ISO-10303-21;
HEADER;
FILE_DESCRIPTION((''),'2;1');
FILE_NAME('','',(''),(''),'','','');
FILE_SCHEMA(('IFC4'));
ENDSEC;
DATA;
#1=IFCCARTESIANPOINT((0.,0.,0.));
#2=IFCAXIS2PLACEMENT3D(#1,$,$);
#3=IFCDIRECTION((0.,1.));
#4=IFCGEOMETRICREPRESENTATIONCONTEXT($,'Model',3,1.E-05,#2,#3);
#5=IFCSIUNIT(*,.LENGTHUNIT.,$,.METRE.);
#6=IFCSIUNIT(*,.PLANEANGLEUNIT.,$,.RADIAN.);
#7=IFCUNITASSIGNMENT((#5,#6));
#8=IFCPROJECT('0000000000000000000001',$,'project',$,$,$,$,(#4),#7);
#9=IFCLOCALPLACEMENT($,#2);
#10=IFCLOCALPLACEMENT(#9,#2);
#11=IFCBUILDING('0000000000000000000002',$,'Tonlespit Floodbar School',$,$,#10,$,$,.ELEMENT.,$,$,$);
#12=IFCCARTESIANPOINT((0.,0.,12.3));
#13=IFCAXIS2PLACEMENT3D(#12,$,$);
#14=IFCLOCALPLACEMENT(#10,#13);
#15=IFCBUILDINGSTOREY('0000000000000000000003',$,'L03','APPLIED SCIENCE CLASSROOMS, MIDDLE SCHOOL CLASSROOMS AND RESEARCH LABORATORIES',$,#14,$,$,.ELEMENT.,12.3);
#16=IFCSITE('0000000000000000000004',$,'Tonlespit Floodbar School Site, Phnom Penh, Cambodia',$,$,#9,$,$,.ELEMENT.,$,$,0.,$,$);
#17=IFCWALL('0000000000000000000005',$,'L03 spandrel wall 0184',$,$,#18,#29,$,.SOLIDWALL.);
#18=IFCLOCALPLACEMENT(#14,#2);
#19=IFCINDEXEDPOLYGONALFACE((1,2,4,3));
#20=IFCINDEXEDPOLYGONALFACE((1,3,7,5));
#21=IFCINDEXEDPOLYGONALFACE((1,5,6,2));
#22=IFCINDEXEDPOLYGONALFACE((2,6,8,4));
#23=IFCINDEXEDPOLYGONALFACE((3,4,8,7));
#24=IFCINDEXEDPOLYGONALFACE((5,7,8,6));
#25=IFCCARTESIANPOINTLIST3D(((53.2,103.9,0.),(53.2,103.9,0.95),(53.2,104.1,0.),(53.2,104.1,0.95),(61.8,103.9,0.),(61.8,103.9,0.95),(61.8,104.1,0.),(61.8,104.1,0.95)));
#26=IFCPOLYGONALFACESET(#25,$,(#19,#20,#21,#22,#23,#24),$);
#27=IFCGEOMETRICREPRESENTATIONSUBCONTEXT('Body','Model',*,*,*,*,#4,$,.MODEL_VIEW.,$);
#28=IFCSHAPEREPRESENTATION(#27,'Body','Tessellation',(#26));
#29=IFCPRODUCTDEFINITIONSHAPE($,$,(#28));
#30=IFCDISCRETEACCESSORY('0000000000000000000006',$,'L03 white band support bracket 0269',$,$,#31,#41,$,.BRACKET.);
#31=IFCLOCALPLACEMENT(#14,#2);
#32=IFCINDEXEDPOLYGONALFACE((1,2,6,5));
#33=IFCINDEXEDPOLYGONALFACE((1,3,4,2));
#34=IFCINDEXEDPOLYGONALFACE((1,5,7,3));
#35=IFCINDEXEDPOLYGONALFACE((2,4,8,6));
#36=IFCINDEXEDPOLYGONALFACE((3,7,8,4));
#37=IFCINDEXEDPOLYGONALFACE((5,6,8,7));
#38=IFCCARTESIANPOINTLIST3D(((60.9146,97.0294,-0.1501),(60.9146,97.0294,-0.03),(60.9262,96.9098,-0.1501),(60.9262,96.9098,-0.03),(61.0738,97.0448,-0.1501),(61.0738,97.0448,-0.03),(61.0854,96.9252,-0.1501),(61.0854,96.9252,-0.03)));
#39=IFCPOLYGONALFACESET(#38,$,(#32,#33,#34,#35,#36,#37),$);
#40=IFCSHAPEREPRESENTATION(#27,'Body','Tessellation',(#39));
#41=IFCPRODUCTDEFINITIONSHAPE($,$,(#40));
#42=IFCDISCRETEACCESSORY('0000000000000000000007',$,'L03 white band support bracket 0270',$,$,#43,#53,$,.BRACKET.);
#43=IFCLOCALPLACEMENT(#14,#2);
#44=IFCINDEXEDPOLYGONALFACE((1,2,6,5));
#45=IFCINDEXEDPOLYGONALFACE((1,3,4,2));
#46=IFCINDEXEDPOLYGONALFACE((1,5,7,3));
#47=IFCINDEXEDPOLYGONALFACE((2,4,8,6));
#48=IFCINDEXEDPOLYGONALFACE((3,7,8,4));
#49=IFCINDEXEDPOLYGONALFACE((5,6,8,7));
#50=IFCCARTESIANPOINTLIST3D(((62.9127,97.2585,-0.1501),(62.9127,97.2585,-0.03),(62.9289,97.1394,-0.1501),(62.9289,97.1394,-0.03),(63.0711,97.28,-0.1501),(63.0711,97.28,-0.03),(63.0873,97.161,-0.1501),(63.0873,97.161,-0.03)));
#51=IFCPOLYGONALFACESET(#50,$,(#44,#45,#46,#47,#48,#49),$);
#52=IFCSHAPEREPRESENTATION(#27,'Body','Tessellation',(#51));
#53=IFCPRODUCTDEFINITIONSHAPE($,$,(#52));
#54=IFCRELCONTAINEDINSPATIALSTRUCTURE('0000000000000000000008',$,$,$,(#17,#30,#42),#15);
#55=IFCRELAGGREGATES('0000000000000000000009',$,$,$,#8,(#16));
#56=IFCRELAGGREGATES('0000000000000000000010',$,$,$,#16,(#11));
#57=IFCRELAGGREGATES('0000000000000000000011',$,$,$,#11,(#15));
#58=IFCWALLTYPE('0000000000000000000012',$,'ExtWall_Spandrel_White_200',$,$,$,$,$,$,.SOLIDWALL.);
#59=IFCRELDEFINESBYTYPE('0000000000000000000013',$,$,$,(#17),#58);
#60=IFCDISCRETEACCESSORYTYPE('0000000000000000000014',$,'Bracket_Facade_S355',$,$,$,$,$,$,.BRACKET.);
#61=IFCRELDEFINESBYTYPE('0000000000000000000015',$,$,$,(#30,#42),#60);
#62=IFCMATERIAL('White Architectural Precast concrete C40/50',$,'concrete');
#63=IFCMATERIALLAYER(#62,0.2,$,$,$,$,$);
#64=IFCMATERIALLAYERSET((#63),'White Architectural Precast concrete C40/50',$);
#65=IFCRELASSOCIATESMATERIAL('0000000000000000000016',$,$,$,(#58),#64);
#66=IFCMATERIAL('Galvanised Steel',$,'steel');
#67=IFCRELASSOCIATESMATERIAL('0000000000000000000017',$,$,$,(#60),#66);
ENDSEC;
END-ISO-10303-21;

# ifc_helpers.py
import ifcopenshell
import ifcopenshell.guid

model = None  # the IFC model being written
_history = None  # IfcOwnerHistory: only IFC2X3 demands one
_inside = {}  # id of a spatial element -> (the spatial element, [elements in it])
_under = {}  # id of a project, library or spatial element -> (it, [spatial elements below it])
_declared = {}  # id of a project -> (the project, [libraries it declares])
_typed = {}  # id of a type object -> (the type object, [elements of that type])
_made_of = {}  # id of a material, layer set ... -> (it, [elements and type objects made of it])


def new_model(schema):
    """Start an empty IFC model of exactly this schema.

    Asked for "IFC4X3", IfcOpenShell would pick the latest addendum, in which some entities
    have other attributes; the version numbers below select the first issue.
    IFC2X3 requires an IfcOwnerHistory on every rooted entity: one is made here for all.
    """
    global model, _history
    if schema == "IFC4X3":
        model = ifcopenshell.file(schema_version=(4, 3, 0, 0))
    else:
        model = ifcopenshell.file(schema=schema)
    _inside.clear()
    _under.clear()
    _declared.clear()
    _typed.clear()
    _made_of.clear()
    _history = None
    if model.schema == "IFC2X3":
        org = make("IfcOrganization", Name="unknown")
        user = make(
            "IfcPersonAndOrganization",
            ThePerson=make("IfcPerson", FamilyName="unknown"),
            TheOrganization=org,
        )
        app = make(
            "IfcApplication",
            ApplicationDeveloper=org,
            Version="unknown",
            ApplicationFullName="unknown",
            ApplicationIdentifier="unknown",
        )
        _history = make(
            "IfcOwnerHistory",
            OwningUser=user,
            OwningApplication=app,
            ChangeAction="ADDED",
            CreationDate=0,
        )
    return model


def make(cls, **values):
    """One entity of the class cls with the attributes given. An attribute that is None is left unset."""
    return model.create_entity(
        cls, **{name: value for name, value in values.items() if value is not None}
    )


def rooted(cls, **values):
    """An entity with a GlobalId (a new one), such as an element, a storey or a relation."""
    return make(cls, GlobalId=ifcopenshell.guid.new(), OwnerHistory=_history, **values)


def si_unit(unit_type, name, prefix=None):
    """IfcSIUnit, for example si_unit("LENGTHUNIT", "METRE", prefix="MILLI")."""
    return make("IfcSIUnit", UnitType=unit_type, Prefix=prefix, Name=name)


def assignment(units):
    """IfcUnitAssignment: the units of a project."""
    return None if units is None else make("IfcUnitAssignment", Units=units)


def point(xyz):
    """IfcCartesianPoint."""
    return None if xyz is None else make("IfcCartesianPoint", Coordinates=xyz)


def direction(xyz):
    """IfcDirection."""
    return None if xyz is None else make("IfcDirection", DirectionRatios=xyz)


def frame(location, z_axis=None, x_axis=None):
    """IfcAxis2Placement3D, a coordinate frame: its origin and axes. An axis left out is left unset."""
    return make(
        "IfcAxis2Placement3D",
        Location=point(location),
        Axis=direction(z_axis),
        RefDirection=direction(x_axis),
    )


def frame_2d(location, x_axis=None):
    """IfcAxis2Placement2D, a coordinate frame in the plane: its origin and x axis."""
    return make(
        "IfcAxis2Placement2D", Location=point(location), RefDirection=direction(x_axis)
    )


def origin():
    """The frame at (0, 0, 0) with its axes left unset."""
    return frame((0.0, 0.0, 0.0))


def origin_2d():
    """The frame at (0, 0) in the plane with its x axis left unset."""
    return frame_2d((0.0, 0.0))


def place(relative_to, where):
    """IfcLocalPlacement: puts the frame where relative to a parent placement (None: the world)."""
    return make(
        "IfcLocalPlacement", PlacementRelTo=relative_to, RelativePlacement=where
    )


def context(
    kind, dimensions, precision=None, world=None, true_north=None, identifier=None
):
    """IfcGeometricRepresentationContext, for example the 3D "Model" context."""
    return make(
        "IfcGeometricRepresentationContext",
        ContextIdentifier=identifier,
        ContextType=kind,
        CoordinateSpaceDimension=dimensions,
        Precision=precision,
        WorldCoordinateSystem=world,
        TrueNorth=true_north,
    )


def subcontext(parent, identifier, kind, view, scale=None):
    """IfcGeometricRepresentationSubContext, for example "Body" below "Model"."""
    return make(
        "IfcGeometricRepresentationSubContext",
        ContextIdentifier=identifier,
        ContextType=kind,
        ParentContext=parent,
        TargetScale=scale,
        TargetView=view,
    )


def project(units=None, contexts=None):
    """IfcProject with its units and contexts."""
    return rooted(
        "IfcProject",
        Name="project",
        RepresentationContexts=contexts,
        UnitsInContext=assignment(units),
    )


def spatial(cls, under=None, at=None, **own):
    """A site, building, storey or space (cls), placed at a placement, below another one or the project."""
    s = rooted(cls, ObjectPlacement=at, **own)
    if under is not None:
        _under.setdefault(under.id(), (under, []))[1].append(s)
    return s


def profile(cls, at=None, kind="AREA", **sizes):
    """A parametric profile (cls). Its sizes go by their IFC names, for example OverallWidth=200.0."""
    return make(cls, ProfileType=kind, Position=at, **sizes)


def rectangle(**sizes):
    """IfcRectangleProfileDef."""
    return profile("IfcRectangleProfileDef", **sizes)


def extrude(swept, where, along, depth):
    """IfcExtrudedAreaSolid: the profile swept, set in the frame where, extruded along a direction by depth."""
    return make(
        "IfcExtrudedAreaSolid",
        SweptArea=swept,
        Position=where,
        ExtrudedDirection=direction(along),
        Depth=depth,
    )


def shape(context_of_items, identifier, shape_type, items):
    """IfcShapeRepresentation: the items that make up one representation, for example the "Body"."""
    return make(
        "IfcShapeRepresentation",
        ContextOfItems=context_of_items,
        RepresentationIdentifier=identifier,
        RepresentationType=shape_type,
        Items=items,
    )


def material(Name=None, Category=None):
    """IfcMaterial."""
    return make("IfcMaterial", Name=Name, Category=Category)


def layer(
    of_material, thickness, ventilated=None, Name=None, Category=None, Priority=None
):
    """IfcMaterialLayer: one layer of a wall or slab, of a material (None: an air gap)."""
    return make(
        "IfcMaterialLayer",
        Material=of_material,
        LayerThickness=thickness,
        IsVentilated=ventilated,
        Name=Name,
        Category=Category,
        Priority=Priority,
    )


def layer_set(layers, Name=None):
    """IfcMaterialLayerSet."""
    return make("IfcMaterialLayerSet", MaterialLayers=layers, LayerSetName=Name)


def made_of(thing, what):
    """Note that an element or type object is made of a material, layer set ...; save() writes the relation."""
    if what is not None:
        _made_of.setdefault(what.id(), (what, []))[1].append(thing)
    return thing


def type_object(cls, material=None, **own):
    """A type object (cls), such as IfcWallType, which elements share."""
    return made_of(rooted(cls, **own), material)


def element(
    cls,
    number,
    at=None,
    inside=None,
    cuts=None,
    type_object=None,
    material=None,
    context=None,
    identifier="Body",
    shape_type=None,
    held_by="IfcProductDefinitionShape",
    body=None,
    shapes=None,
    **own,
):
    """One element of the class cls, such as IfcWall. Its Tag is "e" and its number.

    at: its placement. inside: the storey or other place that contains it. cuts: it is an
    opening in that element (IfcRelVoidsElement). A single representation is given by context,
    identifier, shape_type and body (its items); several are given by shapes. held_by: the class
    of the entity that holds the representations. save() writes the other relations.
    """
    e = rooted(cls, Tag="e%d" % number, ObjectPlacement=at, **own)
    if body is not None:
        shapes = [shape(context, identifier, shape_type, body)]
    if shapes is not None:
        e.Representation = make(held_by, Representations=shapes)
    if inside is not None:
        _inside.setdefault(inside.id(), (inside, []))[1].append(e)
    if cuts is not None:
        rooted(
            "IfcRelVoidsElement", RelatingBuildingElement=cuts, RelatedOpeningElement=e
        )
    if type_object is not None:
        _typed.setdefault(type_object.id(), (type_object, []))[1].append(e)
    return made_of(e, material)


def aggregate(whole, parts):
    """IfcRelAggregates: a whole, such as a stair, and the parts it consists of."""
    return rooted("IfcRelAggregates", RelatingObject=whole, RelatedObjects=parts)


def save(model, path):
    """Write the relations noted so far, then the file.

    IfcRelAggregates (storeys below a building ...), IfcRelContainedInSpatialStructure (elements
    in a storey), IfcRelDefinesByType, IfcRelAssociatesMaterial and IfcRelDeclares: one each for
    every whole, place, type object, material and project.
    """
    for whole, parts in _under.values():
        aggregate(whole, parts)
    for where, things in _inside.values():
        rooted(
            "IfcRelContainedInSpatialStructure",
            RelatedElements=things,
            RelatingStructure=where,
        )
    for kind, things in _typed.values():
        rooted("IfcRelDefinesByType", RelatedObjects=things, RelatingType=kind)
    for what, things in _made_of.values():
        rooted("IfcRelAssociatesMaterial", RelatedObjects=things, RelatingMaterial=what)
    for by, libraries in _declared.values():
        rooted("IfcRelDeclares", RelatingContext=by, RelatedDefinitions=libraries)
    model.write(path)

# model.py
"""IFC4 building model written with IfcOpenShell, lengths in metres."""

from ifc_helpers import new_model, si_unit, direction, frame, frame_2d, origin, origin_2d, place, context, subcontext, project, spatial, rectangle, extrude, material, layer, layer_set, type_object, element, save


model = new_model("IFC4")

# Units and contexts
model_context = context("Model", 3, precision=1e-05, world=origin(), true_north=direction((0.0, 1.0)))
body_context = subcontext(model_context, "Body", "Model", "MODEL_VIEW")
ifc_project = project(units=[si_unit("LENGTHUNIT", "METRE"), si_unit("PLANEANGLEUNIT", "RADIAN")], contexts=[model_context])

# Site, building, storey
site_placement = place(None, origin())
site = spatial("IfcSite", under=ifc_project, at=site_placement, Name="Tonlespit Floodbar School Site, Phnom Penh, Cambodia", CompositionType="ELEMENT", RefElevation=0.0)
building_placement = place(site_placement, origin())
building = spatial("IfcBuilding", under=site, at=building_placement, Name="Tonlespit Floodbar School", CompositionType="ELEMENT")
storey_placement = place(building_placement, frame((0.0, 0.0, 12.3)))
storey = spatial("IfcBuildingStorey", under=building, at=storey_placement, Name="L03", Description="APPLIED SCIENCE CLASSROOMS, MIDDLE SCHOOL CLASSROOMS AND RESEARCH LABORATORIES", CompositionType="ELEMENT", Elevation=12.3)

# Wall
ifc_material_1 = material(Name="White Architectural Precast concrete C40/50", Category="concrete")
ifc_layer_1 = layer(ifc_material_1, 0.2)
ifc_layer_set_1 = layer_set([ifc_layer_1], Name="White Architectural Precast concrete C40/50")
wall_type = type_object("IfcWallType", Name="ExtWall_Spandrel_White_200", PredefinedType="SOLIDWALL", material=ifc_layer_set_1)
wall_placement = place(storey_placement, frame((61.8, 104.0, 0.0), z_axis=(0.0, 0.0, 1.0), x_axis=(-1.0, 0.0, 0.0)))
element("IfcWall", 1, at=wall_placement, inside=storey, type_object=wall_type, Name="L03 spandrel wall 0184", PredefinedType="SOLIDWALL", context=body_context, shape_type="SweptSolid", body=[
    extrude(rectangle(XDim=8.6001, YDim=0.2, at=frame_2d((4.3, 0.0))), origin(), (0.0, 0.0, 1.0), 0.95),
])

# Discrete accessories
ifc_material_2 = material(Name="Galvanised Steel", Category="steel")
discrete_accessory_type = type_object("IfcDiscreteAccessoryType", Name="Bracket_Facade_S355", PredefinedType="BRACKET", material=ifc_material_2)
for number, where, z_axis, x_axis, name in (
    (2, (61.0, 96.9773, -0.1501), (0.0, 0.0, 1.0), (0.995362, 0.096202, 0.0), "L03 white band support bracket 0269"),
    (3, (63.0, 97.2097, -0.1501), (0.0, 0.0, 1.0), (0.990898, 0.134614, 0.0), "L03 white band support bracket 0270"),
):
    element("IfcDiscreteAccessory", number, at=place(storey_placement, frame(where, z_axis=z_axis, x_axis=x_axis)), inside=storey, type_object=discrete_accessory_type, Name=name, PredefinedType="BRACKET", context=body_context, shape_type="SweptSolid", body=[
        extrude(rectangle(XDim=0.1599, YDim=0.1201, at=origin_2d()), origin(), (0.0, 0.0, 1.0), 0.1201),
    ])

save(model, "model.ifc")
